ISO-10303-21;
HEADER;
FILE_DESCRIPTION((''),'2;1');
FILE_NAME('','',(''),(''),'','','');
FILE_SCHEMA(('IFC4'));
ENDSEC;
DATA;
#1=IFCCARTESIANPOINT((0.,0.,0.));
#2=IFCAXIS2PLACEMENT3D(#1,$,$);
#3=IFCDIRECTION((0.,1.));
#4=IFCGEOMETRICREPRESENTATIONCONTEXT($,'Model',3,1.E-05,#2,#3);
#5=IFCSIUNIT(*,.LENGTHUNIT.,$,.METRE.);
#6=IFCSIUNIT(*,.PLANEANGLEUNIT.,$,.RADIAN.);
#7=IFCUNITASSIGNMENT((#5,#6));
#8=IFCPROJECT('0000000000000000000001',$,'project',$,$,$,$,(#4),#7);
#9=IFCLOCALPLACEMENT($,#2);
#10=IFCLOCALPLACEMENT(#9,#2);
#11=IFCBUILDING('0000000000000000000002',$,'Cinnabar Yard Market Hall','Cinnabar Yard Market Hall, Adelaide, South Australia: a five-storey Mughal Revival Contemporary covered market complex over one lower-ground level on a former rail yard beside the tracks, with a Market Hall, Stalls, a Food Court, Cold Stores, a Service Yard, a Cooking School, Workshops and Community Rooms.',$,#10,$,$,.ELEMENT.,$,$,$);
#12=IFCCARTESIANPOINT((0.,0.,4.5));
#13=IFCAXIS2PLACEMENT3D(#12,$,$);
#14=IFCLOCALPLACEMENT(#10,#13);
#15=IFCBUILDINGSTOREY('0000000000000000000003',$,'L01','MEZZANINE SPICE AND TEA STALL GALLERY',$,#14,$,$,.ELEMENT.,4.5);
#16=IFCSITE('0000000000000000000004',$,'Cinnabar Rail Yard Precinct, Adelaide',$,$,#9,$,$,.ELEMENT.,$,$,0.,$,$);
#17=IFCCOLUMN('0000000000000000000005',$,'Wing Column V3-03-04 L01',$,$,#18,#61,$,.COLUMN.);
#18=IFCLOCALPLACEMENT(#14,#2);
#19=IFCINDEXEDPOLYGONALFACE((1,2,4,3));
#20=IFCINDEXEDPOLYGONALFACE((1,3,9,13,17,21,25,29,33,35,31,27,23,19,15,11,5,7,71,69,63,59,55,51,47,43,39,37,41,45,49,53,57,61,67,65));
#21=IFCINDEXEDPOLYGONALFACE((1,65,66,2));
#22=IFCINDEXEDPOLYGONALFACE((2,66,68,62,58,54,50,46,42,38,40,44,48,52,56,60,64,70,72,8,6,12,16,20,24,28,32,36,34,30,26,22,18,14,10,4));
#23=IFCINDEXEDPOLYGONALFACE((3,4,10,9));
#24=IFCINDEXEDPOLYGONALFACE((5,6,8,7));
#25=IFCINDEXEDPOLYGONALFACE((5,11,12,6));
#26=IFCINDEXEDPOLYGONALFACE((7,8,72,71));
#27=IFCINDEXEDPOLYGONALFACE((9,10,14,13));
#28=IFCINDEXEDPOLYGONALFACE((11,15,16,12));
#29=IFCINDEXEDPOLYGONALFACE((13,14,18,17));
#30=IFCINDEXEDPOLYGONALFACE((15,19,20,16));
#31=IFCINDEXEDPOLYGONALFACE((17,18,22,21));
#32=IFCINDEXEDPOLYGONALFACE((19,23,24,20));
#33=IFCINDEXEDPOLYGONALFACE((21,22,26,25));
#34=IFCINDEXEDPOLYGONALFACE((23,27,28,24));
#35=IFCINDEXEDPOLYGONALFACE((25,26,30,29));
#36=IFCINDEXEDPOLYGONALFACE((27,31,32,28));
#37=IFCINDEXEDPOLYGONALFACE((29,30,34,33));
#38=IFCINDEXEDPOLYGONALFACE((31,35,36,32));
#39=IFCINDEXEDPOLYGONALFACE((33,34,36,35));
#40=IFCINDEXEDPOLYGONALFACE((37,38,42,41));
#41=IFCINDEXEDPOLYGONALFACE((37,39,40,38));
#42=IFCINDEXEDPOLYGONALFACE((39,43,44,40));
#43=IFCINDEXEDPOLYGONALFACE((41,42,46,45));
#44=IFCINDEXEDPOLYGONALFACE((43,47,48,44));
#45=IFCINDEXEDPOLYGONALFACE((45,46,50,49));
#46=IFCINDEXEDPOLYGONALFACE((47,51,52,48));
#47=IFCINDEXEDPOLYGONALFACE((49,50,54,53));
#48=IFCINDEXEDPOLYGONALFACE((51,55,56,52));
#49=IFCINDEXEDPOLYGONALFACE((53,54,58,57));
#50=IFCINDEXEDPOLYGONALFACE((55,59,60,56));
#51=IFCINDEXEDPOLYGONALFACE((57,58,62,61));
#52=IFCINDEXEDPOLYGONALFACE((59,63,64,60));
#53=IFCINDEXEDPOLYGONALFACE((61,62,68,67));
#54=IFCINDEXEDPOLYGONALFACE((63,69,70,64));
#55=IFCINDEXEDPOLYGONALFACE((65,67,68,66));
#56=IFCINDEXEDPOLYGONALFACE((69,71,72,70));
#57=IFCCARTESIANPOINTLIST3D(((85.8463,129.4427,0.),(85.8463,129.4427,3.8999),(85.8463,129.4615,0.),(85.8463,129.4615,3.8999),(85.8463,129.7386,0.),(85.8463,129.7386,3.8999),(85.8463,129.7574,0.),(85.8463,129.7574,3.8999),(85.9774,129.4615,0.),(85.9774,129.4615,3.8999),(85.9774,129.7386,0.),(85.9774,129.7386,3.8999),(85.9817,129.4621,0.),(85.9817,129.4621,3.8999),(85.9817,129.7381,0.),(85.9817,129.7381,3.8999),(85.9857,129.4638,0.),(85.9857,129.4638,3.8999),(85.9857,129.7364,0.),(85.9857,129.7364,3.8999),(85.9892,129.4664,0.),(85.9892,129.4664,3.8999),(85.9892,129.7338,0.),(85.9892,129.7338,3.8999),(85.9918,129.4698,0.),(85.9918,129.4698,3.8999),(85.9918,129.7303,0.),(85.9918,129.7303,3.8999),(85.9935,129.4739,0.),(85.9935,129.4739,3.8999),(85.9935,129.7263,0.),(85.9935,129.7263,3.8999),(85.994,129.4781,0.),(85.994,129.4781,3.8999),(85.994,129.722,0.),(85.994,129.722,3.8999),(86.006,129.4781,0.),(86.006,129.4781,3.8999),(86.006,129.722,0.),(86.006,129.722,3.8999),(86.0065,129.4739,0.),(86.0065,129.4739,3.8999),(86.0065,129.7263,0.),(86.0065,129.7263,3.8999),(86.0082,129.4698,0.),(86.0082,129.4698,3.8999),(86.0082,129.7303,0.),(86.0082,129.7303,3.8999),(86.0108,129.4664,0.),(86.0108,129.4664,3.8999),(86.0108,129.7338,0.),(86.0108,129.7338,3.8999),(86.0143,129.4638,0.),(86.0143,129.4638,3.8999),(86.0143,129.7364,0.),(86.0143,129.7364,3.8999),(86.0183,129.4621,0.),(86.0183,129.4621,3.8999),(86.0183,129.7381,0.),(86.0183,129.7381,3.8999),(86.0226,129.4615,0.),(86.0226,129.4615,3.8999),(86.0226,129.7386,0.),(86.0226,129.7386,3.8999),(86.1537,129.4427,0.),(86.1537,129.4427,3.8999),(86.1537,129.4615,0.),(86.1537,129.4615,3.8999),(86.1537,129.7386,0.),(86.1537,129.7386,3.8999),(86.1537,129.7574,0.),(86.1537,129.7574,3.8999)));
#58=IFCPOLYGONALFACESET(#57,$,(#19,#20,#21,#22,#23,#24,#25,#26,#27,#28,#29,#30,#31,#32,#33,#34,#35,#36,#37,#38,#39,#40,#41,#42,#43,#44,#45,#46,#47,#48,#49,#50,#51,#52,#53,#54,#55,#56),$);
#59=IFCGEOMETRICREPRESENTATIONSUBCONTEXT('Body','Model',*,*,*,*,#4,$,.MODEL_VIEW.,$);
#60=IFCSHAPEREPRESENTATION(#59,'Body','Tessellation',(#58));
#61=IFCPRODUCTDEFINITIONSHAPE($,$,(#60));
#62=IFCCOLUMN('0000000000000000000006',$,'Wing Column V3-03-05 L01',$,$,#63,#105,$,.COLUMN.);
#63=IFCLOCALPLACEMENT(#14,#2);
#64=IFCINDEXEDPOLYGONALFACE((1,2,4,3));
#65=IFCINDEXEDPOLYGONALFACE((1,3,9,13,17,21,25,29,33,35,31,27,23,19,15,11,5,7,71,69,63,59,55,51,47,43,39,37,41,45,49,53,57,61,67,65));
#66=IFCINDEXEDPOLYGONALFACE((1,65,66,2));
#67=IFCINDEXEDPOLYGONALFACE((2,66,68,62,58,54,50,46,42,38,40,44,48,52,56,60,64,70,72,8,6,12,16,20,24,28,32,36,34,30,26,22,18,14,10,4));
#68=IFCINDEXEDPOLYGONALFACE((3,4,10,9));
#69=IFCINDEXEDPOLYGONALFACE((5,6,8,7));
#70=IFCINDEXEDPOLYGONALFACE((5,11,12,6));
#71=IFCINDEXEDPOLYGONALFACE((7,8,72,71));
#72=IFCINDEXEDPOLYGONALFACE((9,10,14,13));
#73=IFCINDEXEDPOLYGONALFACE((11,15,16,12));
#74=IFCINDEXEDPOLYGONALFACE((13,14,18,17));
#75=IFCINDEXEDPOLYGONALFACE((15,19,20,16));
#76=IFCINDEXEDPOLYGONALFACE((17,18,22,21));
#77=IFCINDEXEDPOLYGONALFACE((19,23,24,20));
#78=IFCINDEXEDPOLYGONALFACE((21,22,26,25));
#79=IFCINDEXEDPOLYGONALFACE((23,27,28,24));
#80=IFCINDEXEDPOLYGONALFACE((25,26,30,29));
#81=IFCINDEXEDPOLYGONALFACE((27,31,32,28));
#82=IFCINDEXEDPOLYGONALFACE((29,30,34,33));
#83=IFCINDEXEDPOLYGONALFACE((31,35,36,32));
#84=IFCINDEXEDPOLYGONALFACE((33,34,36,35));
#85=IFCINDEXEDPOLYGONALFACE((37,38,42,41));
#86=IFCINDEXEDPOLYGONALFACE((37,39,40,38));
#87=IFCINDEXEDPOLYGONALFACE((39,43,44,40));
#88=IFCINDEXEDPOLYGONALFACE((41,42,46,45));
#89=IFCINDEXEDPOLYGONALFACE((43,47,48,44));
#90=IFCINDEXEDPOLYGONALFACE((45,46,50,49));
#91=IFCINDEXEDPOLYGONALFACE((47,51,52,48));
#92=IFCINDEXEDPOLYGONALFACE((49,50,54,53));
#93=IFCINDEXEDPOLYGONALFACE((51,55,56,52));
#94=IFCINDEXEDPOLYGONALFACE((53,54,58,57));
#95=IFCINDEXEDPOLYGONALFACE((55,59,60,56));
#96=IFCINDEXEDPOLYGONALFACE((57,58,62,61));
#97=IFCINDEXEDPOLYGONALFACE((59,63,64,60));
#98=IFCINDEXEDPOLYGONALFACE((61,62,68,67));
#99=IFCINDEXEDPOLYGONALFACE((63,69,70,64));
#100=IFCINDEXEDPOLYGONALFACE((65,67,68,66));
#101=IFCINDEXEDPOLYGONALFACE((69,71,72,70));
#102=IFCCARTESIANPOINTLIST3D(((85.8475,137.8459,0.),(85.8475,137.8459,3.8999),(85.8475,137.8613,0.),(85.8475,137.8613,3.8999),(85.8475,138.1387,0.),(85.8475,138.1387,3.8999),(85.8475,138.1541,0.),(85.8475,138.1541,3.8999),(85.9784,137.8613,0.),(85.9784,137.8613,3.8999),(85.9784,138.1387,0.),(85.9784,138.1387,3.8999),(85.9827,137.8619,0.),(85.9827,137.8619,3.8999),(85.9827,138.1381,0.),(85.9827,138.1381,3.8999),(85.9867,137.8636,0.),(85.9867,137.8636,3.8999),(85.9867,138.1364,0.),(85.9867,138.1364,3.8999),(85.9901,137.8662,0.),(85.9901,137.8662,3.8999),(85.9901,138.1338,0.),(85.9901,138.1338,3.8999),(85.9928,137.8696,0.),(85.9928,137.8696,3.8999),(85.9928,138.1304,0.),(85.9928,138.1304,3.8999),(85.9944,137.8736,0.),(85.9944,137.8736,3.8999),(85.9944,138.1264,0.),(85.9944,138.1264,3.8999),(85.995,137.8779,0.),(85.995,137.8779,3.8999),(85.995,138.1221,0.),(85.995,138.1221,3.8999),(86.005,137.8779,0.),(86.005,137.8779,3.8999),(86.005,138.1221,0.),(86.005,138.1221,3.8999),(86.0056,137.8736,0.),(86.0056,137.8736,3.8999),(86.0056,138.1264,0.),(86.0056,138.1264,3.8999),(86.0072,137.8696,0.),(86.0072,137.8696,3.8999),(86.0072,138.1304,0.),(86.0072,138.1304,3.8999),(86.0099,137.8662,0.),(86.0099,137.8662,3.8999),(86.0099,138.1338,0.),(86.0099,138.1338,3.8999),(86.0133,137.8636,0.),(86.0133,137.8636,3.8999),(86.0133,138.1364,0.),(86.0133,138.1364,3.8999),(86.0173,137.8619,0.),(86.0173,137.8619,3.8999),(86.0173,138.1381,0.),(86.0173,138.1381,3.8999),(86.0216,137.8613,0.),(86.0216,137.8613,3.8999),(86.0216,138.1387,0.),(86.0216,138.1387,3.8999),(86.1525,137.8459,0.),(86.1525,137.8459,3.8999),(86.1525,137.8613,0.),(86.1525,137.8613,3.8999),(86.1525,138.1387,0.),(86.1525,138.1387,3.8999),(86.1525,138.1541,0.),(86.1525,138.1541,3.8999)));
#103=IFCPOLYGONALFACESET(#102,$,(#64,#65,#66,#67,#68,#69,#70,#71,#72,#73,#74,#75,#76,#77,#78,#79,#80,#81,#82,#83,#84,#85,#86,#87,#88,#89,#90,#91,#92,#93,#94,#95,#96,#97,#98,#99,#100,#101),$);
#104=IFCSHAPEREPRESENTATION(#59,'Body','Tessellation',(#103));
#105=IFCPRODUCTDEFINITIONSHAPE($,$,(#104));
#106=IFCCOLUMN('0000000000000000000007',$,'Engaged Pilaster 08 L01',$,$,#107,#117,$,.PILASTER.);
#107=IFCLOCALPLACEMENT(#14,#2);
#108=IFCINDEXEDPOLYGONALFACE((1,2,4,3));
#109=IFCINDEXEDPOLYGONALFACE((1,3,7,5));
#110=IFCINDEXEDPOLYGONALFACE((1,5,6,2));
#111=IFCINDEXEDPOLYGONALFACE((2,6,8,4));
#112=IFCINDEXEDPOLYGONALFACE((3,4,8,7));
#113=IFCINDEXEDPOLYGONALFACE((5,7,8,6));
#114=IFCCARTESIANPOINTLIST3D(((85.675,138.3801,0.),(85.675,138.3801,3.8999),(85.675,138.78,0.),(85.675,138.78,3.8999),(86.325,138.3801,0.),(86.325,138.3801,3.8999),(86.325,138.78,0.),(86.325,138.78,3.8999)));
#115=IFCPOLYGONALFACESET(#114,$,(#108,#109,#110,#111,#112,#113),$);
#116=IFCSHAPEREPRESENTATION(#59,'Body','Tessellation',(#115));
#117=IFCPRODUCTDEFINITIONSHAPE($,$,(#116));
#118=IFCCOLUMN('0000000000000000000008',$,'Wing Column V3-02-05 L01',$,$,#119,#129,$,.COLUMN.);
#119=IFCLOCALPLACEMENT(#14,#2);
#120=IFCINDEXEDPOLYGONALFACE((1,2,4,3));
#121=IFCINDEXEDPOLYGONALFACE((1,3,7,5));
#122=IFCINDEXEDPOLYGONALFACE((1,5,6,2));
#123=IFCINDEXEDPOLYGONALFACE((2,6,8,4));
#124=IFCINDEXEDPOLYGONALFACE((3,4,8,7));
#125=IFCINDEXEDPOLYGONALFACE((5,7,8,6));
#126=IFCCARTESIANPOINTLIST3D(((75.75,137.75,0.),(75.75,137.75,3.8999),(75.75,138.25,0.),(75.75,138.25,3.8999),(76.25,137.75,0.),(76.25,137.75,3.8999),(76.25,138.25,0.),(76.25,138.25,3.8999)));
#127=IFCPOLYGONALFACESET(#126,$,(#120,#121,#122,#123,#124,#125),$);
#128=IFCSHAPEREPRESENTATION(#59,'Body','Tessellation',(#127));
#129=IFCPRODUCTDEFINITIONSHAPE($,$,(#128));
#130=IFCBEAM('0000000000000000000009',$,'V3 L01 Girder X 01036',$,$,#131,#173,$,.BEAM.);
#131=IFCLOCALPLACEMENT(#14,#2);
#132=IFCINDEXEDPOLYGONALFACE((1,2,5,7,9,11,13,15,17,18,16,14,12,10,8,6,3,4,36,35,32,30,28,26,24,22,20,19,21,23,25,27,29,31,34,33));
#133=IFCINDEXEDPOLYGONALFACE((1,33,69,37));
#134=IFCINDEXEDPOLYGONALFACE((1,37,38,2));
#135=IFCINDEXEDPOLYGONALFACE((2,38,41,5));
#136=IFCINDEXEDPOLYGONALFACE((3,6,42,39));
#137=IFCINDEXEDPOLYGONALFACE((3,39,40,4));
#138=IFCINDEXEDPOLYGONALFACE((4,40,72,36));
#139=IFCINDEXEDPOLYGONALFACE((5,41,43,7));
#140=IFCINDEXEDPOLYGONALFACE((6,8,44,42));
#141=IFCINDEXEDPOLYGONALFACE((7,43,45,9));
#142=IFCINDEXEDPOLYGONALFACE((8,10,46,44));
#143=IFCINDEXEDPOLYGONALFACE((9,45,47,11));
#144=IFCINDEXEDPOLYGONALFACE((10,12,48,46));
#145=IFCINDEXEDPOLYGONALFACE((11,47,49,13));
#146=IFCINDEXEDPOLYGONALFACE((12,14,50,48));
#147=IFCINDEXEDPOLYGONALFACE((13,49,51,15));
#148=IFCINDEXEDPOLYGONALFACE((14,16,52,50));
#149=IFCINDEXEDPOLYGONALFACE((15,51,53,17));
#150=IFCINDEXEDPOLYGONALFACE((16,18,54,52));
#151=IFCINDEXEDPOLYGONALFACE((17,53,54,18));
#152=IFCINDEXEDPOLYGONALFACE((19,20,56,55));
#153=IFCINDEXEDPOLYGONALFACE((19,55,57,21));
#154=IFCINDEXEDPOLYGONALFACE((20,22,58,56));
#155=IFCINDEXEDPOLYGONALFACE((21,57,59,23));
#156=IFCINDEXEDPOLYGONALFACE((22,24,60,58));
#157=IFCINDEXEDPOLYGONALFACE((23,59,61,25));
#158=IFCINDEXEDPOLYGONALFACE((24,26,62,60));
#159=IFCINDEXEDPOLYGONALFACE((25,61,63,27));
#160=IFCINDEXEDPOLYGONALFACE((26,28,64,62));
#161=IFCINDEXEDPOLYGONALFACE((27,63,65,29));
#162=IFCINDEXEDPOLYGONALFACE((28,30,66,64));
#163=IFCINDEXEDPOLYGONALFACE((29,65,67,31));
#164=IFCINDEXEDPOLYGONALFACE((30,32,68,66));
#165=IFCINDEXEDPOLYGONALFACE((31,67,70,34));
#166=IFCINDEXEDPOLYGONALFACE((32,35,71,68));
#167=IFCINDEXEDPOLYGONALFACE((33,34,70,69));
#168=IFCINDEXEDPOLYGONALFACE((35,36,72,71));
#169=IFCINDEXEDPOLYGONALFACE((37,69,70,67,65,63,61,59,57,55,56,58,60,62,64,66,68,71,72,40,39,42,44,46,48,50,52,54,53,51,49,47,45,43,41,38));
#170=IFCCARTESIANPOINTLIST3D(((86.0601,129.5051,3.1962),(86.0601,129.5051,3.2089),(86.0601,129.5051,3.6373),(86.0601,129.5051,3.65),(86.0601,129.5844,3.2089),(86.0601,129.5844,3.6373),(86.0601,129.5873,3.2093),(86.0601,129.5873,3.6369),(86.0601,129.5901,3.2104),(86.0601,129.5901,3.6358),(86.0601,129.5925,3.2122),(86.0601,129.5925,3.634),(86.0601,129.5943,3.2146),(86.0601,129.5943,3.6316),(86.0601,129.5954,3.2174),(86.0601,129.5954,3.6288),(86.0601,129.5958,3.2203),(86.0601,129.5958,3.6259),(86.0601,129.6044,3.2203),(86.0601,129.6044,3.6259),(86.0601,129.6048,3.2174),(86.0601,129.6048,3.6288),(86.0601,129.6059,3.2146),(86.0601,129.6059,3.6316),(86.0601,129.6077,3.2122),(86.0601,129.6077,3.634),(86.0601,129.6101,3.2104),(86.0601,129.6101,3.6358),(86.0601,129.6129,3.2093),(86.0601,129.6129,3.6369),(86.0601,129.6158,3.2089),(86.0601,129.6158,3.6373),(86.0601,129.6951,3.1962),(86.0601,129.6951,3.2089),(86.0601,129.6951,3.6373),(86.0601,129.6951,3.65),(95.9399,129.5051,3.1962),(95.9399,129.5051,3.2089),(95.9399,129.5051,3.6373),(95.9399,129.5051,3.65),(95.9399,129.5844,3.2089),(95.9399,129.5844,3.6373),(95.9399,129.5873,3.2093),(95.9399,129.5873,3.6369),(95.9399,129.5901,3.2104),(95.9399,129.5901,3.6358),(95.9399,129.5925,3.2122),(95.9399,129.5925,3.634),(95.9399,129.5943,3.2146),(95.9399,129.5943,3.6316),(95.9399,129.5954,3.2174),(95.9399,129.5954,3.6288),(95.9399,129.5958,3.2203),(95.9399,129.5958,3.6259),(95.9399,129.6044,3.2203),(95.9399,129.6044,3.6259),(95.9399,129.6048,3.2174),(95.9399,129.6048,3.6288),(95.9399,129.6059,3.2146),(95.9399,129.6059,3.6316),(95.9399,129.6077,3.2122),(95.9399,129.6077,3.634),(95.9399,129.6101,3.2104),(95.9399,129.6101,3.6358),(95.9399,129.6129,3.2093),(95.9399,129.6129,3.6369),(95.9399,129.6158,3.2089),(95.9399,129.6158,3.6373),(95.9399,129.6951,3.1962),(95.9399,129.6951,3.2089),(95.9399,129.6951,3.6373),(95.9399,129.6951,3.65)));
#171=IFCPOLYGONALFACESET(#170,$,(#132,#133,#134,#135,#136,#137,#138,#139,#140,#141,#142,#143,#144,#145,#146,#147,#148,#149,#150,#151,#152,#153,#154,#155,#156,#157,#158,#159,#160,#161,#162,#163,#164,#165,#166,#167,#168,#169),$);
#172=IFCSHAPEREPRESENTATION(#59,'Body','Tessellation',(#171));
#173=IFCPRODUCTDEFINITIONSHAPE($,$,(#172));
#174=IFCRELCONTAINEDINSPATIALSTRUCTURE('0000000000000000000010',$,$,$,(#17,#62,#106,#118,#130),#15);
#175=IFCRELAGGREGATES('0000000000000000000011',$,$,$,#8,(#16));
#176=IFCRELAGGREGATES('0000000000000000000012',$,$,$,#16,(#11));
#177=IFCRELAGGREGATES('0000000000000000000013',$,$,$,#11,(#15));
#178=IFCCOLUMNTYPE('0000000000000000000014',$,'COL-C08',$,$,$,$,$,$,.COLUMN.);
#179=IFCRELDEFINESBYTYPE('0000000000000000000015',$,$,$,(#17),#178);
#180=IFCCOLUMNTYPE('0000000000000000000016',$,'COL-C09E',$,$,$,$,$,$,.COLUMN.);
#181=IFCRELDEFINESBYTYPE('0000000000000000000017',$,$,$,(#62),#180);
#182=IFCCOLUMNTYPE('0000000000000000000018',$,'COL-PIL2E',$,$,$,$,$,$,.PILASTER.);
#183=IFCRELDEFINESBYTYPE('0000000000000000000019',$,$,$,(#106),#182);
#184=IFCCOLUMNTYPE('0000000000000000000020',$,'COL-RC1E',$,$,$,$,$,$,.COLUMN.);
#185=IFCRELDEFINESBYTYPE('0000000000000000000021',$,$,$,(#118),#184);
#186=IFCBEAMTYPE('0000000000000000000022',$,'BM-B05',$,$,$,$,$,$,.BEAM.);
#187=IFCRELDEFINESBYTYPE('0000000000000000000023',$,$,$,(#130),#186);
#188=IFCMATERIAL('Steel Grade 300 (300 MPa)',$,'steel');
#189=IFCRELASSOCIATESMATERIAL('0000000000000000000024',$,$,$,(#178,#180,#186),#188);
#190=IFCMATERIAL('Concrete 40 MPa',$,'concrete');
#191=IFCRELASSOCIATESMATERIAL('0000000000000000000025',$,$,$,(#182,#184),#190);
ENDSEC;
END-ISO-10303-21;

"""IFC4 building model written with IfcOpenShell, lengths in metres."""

from ifc_helpers import new_model, si_unit, direction, frame, origin, origin_2d_with_axis, place, context, subcontext, project, spatial, rectangle, i_section, extrude, material, material_profile, profile_set, type_object, element, save


model = new_model("IFC4")

# Units and contexts
model_context = context("Model", 3, precision=1e-05, world=origin(), true_north=direction((0.0, 1.0)))
body_context = subcontext(model_context, "Body", "Model", "MODEL_VIEW")
ifc_project = project(units=[si_unit("LENGTHUNIT", "METRE"), si_unit("PLANEANGLEUNIT", "RADIAN")], contexts=[model_context])

# Site, building, storey
site_placement = place(None, origin())
site = spatial("IfcSite", under=ifc_project, at=site_placement, Name="Cinnabar Rail Yard Precinct, Adelaide", CompositionType="ELEMENT", RefElevation=0.0)
building_placement = place(site_placement, origin())
building = spatial("IfcBuilding", under=site, at=building_placement, Name="Cinnabar Yard Market Hall", Description="Cinnabar Yard Market Hall, Adelaide, South Australia: a five-storey Mughal Revival Contemporary covered market complex over one lower-ground level on a former rail yard beside the tracks, with a Market Hall, Stalls, a Food Court, Cold Stores, a Service Yard, a Cooking School, Workshops and Community Rooms.", CompositionType="ELEMENT")
storey_placement = place(building_placement, frame((0.0, 0.0, 4.5)))
storey = spatial("IfcBuildingStorey", under=building, at=storey_placement, Name="L01", Description="MEZZANINE SPICE AND TEA STALL GALLERY", CompositionType="ELEMENT", Elevation=4.5)

# Columns
ifc_material_1 = material(Name="Steel Grade 300 (300 MPa)", Category="steel")
ifc_material_profile_1 = material_profile(ifc_material_1, i_section(OverallWidth=0.3074, OverallDepth=0.3147, WebThickness=0.012, FlangeThickness=0.0188, FilletRadius=0.0166, at=origin_2d_with_axis()), Name="310UC118")
ifc_profile_set_1 = profile_set([ifc_material_profile_1], Name="Steel Grade 300 (300 MPa)")
column_type_1 = type_object("IfcColumnType", Name="COL-C08", PredefinedType="COLUMN", material=ifc_profile_set_1)
column_1_placement = place(storey_placement, frame((86.0, 129.6001, 0.0), z_axis=(0.0, 0.0, 1.0), x_axis=(1.0, 0.0, 0.0)))
element("IfcColumn", 1, at=column_1_placement, inside=storey, type_object=column_type_1, Name="Wing Column V3-03-04 L01", PredefinedType="COLUMN", context=body_context, shape_type="SweptSolid", body=[
    extrude(i_section(OverallWidth=0.3074, OverallDepth=0.3147, WebThickness=0.012, FlangeThickness=0.0188, FilletRadius=0.0166, at=origin_2d_with_axis()), origin(), (0.0, 0.0, 1.0), 3.8999),
])
ifc_material_profile_2 = material_profile(ifc_material_1, i_section(OverallWidth=0.3049, OverallDepth=0.3081, WebThickness=0.01, FlangeThickness=0.0154, FilletRadius=0.0166, at=origin_2d_with_axis()), Name="310UC96.8")
ifc_profile_set_2 = profile_set([ifc_material_profile_2], Name="Steel Grade 300 (300 MPa)")
column_type_2 = type_object("IfcColumnType", Name="COL-C09E", PredefinedType="COLUMN", material=ifc_profile_set_2)
column_2_placement = place(storey_placement, frame((86.0, 138.0, 0.0), z_axis=(0.0, 0.0, 1.0), x_axis=(1.0, 0.0, 0.0)))
element("IfcColumn", 2, at=column_2_placement, inside=storey, type_object=column_type_2, Name="Wing Column V3-03-05 L01", PredefinedType="COLUMN", context=body_context, shape_type="SweptSolid", body=[
    extrude(i_section(OverallWidth=0.3049, OverallDepth=0.3081, WebThickness=0.01, FlangeThickness=0.0154, FilletRadius=0.0166, at=origin_2d_with_axis()), origin(), (0.0, 0.0, 1.0), 3.8999),
])
ifc_material_2 = material(Name="Concrete 40 MPa", Category="concrete")
ifc_material_profile_3 = material_profile(ifc_material_2, rectangle(XDim=0.6499, YDim=0.3999, at=origin_2d_with_axis()), Name="RC-650x400")
ifc_profile_set_3 = profile_set([ifc_material_profile_3], Name="Concrete 40 MPa")
column_type_3 = type_object("IfcColumnType", Name="COL-PIL2E", PredefinedType="PILASTER", material=ifc_profile_set_3)
column_3_placement = place(storey_placement, frame((86.0, 138.5801, 0.0), z_axis=(0.0, 0.0, 1.0), x_axis=(1.0, 0.0, 0.0)))
element("IfcColumn", 3, at=column_3_placement, inside=storey, type_object=column_type_3, Name="Engaged Pilaster 08 L01", PredefinedType="PILASTER", context=body_context, shape_type="SweptSolid", body=[
    extrude(rectangle(XDim=0.6499, YDim=0.3999, at=origin_2d_with_axis()), origin(), (0.0, 0.0, 1.0), 3.8999),
])
ifc_material_profile_4 = material_profile(ifc_material_2, rectangle(XDim=0.5, YDim=0.5, at=origin_2d_with_axis()), Name="RC-500x500")
ifc_profile_set_4 = profile_set([ifc_material_profile_4], Name="Concrete 40 MPa")
column_type_4 = type_object("IfcColumnType", Name="COL-RC1E", PredefinedType="COLUMN", material=ifc_profile_set_4)
column_4_placement = place(storey_placement, frame((76.0, 138.0, 0.0), z_axis=(0.0, 0.0, 1.0), x_axis=(1.0, 0.0, 0.0)))
element("IfcColumn", 4, at=column_4_placement, inside=storey, type_object=column_type_4, Name="Wing Column V3-02-05 L01", PredefinedType="COLUMN", context=body_context, shape_type="SweptSolid", body=[
    extrude(rectangle(XDim=0.5, YDim=0.5, at=origin_2d_with_axis()), origin(), (0.0, 0.0, 1.0), 3.8999),
])

# Beam
ifc_material_profile_5 = material_profile(ifc_material_1, i_section(OverallWidth=0.1899, OverallDepth=0.4539, WebThickness=0.0085, FlangeThickness=0.0127, FilletRadius=0.0115, at=origin_2d_with_axis()), Name="460UB67.1")
ifc_profile_set_5 = profile_set([ifc_material_profile_5], Name="Steel Grade 300 (300 MPa)")
beam_type_1 = type_object("IfcBeamType", Name="BM-B05", PredefinedType="BEAM", material=ifc_profile_set_5)
beam_1_placement = place(storey_placement, frame((86.0601, 129.6001, 3.4231), z_axis=(1.0, 0.0, 0.0), x_axis=(0.0, 1.0, 0.0)))
element("IfcBeam", 5, at=beam_1_placement, inside=storey, type_object=beam_type_1, Name="V3 L01 Girder X 01036", PredefinedType="BEAM", context=body_context, shape_type="SweptSolid", body=[
    extrude(i_section(OverallWidth=0.1899, OverallDepth=0.4539, WebThickness=0.0085, FlangeThickness=0.0127, FilletRadius=0.0115, at=origin_2d_with_axis()), origin(), (0.0, 0.0, 1.0), 9.8799),
])

save(model, "model.ifc")
